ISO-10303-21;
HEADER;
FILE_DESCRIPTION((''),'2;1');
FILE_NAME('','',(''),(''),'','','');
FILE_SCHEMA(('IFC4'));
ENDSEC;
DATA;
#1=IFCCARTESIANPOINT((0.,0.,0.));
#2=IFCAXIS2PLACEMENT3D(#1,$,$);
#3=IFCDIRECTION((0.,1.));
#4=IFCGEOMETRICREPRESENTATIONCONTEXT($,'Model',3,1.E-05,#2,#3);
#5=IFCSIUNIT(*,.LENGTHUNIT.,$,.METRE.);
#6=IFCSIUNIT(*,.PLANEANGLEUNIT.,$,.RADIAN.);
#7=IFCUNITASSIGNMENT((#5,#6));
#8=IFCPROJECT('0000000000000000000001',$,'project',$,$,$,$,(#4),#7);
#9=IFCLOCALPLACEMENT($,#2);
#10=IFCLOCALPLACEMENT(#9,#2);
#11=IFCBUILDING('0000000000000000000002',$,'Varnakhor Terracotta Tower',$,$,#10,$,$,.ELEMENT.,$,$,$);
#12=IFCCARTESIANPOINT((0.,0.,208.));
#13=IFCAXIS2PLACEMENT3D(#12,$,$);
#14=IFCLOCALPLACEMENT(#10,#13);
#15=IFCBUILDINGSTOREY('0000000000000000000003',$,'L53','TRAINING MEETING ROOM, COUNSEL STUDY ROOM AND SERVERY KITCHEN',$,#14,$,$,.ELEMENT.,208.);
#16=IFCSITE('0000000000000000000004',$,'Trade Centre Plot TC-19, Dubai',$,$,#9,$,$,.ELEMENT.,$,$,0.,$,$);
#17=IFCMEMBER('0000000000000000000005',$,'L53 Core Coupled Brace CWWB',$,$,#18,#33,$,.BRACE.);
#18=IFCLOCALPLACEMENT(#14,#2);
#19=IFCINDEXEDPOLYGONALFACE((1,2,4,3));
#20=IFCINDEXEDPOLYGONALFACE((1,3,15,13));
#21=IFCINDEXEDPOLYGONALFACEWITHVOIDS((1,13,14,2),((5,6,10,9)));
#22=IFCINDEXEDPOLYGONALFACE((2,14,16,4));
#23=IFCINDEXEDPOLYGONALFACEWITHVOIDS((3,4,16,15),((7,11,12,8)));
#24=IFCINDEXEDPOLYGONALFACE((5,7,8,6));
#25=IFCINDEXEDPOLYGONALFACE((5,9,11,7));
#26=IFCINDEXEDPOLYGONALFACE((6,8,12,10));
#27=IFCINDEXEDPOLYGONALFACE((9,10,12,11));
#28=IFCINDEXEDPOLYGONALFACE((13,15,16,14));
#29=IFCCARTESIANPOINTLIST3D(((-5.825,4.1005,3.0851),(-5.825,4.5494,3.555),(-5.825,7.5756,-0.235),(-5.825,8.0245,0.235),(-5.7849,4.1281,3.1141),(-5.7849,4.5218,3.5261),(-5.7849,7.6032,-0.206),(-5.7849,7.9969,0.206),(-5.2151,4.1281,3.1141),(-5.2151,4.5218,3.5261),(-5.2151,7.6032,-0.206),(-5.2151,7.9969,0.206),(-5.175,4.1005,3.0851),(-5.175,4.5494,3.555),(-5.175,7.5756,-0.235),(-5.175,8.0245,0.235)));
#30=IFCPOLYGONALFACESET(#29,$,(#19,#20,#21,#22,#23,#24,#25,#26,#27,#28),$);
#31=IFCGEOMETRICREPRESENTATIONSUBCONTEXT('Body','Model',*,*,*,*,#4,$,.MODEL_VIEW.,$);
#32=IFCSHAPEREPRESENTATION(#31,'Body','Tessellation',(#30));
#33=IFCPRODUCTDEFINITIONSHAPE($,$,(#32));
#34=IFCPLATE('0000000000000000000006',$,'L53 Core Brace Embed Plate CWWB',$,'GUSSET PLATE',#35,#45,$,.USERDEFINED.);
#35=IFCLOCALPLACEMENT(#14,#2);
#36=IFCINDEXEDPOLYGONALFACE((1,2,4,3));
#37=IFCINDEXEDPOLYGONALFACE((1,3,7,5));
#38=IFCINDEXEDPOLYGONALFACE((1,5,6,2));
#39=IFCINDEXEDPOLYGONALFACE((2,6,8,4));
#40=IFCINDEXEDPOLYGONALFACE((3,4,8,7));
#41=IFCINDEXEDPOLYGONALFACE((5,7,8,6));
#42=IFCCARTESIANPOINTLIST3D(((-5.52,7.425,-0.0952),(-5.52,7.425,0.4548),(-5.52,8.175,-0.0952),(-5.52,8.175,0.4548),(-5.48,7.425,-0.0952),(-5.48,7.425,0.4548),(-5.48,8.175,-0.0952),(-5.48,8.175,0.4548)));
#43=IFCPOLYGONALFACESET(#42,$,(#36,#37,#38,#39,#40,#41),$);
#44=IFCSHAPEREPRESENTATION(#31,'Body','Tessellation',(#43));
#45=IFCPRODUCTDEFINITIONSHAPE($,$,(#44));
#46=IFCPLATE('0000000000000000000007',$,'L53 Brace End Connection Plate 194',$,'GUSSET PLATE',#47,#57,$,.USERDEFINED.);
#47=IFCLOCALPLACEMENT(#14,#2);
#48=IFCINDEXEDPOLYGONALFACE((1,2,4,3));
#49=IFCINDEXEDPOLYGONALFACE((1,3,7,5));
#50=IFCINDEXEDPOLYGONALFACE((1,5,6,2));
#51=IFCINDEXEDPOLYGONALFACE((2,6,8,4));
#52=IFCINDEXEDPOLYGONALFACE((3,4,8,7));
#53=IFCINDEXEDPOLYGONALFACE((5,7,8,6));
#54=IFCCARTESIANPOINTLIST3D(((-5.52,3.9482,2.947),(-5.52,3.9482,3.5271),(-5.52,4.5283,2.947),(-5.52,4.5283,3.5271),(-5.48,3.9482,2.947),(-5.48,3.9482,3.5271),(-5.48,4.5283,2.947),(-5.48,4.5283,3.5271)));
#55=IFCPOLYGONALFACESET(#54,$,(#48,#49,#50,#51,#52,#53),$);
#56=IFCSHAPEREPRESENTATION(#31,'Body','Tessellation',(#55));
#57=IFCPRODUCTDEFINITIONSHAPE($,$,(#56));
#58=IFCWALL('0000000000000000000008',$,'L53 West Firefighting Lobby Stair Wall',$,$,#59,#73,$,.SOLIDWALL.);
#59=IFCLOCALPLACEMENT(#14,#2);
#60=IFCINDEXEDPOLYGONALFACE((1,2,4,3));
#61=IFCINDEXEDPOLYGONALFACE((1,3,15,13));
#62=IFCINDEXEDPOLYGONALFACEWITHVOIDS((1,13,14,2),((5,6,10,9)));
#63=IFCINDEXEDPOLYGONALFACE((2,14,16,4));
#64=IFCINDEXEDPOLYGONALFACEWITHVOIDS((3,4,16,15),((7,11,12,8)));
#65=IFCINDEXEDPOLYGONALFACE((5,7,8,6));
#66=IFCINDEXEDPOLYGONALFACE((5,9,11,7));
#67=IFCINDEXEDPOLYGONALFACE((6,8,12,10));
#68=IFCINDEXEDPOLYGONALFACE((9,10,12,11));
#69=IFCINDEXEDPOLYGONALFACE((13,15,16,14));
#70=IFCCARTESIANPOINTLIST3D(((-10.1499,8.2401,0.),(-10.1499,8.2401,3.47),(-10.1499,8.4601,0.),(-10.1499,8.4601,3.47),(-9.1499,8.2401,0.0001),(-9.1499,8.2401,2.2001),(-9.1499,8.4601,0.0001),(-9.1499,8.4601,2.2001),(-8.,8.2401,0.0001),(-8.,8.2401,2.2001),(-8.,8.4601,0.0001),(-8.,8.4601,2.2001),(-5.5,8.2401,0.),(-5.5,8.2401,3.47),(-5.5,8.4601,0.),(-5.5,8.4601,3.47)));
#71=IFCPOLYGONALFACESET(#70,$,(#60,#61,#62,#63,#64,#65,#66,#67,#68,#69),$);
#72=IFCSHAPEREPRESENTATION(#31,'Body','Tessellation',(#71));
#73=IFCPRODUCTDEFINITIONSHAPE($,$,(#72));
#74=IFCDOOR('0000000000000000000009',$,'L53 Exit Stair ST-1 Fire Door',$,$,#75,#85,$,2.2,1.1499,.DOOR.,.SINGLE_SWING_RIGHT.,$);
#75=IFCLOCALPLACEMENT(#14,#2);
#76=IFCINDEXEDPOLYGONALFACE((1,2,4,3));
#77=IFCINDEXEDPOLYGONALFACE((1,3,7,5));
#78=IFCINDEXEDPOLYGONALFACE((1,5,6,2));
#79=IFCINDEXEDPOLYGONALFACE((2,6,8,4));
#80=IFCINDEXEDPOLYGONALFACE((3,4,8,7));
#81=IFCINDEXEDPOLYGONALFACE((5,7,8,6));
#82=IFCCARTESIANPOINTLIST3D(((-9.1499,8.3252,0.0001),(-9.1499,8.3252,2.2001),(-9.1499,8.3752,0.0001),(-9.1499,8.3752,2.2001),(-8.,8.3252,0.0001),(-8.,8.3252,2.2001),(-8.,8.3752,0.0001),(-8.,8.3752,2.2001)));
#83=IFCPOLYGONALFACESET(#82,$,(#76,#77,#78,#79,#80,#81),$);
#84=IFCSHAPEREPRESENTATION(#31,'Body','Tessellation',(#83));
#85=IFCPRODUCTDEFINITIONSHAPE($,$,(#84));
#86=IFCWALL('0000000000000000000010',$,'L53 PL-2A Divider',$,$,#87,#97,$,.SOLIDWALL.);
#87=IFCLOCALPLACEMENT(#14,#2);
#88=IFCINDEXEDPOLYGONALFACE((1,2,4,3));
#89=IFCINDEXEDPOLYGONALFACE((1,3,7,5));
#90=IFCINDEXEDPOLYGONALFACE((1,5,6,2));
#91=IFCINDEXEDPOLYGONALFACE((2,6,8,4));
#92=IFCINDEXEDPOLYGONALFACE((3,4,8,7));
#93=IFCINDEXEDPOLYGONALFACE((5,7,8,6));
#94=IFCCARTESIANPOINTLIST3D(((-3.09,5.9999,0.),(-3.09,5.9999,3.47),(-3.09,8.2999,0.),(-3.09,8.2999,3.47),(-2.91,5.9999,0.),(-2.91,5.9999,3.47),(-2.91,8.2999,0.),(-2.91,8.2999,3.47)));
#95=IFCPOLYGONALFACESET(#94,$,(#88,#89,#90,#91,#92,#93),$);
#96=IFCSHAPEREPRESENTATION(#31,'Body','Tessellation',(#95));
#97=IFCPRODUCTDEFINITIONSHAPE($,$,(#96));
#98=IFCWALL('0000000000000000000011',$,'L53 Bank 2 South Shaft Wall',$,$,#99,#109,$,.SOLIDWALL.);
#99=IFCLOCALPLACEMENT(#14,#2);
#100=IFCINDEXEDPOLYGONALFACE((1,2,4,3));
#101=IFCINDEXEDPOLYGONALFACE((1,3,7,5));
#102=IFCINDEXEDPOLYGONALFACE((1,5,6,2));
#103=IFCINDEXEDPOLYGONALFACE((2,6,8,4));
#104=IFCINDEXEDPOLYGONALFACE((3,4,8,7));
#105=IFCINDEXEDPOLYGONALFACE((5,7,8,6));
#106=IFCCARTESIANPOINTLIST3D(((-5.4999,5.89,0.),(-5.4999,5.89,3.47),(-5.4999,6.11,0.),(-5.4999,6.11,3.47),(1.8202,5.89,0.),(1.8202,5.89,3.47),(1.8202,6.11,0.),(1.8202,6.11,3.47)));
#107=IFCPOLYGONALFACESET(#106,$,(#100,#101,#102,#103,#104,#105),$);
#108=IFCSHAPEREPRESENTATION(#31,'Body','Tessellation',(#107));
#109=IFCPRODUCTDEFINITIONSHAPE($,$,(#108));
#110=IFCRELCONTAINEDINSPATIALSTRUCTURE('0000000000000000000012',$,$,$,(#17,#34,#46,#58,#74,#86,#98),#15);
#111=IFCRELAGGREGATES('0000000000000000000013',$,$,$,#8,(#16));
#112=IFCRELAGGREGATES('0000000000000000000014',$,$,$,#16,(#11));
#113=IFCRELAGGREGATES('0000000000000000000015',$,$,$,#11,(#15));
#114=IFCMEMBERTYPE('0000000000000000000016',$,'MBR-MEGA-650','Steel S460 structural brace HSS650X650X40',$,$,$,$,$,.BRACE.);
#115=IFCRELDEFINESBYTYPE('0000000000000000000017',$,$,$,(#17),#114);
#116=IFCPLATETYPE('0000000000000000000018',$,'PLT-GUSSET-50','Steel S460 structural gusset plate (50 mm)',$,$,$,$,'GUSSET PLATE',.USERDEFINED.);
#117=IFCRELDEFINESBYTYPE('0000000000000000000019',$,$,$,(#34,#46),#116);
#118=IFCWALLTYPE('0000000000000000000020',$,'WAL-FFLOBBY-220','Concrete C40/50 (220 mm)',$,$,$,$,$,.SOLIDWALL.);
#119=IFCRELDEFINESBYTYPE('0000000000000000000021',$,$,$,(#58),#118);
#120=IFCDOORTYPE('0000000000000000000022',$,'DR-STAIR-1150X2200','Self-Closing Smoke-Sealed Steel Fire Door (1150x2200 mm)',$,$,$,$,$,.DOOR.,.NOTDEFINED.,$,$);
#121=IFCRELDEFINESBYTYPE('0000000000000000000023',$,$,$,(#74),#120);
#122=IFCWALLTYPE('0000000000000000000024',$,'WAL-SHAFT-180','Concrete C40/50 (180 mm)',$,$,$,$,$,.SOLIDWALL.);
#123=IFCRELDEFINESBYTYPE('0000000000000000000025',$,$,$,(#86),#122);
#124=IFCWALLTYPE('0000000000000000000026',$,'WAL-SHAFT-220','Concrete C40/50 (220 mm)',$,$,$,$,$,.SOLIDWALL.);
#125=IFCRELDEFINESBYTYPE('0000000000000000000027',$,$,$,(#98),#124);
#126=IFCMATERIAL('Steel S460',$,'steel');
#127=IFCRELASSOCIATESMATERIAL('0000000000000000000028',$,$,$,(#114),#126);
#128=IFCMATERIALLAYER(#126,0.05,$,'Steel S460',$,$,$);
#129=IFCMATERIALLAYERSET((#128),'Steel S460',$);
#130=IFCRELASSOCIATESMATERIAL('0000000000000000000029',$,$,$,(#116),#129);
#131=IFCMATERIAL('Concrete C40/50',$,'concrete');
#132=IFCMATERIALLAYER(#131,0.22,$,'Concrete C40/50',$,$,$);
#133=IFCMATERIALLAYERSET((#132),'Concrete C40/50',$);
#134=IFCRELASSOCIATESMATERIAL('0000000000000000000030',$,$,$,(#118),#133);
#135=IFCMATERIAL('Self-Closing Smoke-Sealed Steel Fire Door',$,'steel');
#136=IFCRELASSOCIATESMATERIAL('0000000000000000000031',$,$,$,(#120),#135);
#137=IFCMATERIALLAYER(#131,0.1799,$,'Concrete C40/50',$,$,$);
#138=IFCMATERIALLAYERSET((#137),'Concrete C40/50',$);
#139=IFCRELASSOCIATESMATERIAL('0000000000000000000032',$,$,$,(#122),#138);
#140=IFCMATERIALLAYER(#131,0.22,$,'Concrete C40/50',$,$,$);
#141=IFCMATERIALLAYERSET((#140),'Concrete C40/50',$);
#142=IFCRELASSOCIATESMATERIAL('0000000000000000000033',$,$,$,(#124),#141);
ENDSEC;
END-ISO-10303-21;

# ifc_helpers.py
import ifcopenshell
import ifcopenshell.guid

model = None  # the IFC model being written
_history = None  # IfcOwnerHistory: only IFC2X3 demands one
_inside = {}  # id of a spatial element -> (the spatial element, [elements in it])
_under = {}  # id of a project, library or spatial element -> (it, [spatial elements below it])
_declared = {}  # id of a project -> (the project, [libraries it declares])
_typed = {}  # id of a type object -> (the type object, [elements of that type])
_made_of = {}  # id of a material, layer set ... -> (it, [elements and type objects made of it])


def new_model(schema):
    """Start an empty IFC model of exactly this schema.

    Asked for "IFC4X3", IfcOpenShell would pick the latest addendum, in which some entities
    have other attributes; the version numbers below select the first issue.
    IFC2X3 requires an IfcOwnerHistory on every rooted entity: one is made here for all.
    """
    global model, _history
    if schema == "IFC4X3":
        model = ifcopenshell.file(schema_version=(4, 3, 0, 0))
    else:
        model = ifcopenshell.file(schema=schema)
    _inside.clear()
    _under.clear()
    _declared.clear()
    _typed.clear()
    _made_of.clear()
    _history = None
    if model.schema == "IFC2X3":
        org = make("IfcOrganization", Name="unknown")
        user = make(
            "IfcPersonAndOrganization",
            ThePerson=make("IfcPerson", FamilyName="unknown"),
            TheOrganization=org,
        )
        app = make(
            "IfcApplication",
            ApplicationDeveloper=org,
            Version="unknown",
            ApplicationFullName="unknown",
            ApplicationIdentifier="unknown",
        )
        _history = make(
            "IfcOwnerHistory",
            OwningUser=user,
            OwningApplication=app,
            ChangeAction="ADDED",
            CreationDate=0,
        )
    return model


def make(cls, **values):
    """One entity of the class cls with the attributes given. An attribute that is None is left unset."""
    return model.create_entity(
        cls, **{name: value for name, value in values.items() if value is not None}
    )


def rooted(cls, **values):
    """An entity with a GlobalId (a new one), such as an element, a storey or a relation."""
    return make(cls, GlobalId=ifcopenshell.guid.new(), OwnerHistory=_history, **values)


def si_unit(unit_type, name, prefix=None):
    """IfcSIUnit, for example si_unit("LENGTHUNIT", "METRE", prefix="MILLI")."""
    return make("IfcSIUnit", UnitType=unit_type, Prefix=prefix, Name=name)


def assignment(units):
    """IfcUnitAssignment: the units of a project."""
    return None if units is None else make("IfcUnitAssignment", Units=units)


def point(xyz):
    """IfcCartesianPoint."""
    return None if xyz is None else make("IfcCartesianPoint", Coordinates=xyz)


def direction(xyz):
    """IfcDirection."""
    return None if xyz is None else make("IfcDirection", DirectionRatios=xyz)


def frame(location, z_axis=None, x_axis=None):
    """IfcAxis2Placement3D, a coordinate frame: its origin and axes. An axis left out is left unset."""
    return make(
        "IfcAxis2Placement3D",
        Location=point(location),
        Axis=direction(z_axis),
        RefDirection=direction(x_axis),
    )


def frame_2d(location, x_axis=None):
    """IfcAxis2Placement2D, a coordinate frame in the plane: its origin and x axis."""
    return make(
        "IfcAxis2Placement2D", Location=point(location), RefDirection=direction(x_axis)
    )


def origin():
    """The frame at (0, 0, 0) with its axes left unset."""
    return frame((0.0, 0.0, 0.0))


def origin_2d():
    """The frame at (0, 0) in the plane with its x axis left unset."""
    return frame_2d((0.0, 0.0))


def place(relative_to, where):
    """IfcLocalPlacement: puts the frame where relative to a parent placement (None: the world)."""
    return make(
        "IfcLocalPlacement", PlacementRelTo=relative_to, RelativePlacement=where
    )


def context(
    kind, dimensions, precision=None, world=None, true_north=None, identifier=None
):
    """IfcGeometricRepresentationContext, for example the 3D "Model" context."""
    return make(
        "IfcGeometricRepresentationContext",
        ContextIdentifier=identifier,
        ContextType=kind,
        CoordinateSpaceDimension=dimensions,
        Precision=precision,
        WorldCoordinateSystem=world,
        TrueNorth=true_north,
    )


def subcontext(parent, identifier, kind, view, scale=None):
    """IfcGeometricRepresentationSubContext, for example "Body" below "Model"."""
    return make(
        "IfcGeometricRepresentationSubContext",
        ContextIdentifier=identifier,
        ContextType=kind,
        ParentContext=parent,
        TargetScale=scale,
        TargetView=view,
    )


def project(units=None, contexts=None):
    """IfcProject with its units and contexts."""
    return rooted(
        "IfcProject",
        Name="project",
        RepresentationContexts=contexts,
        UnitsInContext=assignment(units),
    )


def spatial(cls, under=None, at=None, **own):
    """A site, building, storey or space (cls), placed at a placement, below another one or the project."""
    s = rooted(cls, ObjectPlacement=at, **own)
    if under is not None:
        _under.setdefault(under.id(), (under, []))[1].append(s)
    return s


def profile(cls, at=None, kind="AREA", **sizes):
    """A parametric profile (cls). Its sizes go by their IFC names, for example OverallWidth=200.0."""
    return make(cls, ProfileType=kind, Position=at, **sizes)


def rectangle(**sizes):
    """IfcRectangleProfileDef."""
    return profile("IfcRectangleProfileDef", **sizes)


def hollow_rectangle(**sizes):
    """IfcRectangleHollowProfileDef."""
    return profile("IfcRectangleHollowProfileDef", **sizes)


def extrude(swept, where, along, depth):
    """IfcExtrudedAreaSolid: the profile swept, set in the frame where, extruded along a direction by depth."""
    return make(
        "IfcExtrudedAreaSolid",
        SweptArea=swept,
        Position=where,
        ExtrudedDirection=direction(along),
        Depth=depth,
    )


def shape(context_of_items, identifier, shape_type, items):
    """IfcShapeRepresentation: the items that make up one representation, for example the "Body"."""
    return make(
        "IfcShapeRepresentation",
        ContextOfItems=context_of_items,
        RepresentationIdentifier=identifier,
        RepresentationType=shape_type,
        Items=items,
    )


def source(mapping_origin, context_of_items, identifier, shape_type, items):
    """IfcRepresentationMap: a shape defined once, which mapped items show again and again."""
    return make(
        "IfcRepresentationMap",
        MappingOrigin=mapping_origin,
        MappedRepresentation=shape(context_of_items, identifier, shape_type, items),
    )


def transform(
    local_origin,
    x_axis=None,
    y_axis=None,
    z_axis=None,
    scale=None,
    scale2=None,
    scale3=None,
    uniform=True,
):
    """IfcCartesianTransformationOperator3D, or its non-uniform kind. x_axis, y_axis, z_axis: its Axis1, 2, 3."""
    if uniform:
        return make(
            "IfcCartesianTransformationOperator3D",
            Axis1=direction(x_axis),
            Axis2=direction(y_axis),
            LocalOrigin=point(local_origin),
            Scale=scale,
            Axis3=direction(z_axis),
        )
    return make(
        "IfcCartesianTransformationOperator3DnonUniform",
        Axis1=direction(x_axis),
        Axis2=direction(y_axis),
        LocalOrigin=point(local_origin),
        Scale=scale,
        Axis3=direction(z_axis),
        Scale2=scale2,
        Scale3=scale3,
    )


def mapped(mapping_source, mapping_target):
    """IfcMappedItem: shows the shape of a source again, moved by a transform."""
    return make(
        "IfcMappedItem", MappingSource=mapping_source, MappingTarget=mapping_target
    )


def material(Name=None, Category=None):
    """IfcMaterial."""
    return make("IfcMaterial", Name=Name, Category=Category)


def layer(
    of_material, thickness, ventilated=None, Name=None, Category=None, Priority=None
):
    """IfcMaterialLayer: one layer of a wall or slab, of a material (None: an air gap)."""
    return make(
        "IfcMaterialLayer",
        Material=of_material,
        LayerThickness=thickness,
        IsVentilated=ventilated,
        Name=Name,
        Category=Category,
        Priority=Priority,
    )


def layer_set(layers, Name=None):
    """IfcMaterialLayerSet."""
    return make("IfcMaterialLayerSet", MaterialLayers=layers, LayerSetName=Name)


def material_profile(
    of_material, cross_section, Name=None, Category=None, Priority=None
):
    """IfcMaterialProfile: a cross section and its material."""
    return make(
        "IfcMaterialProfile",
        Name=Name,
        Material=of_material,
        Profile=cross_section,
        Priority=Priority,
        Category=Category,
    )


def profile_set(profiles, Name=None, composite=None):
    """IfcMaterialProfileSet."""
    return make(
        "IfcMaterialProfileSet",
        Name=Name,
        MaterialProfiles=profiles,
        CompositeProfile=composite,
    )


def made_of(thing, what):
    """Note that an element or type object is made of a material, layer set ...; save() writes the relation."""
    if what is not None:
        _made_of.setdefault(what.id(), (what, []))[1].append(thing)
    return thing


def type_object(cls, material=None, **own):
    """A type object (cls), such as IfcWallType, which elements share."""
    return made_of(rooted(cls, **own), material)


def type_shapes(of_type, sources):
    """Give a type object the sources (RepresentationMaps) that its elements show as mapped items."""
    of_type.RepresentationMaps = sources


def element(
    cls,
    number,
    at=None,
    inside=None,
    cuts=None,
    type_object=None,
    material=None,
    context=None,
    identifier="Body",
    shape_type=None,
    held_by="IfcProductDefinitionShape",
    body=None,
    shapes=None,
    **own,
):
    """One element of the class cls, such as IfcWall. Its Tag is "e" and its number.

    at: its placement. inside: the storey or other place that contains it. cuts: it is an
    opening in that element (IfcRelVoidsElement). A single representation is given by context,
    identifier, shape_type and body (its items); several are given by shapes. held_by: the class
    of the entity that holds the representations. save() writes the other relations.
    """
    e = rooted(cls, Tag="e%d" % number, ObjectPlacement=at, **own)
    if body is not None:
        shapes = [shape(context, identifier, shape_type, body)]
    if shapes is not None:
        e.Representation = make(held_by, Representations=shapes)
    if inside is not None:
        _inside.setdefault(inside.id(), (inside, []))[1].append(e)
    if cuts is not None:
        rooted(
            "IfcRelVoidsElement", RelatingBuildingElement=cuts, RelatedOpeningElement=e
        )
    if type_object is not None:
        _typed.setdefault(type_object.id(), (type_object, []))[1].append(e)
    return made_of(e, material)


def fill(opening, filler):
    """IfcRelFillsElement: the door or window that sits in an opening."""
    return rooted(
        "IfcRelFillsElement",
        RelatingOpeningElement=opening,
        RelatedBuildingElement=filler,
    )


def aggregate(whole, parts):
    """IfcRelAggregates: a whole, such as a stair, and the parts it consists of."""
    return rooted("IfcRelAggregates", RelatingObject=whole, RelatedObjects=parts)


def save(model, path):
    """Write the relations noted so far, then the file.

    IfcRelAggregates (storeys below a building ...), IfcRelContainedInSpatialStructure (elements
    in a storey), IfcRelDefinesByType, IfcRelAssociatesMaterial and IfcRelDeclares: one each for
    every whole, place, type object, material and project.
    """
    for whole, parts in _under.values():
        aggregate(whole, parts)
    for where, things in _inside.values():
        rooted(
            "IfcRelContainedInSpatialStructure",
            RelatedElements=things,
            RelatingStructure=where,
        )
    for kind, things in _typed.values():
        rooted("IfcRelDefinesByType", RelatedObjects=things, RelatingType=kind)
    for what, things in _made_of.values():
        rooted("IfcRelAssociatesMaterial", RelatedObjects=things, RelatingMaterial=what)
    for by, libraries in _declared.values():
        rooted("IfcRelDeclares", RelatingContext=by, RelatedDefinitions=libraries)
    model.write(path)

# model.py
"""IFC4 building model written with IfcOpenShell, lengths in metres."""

from ifc_helpers import new_model, si_unit, direction, frame, frame_2d, origin, origin_2d, place, context, subcontext, project, spatial, rectangle, hollow_rectangle, extrude, source, transform, mapped, material, layer, layer_set, material_profile, profile_set, type_object, type_shapes, element, fill, save


model = new_model("IFC4")

# Units and contexts
model_context = context("Model", 3, precision=1e-05, world=origin(), true_north=direction((0.0, 1.0)))
body_context = subcontext(model_context, "Body", "Model", "MODEL_VIEW")
ifc_project = project(units=[si_unit("LENGTHUNIT", "METRE"), si_unit("PLANEANGLEUNIT", "RADIAN")], contexts=[model_context])

# Site, building, storey
site_placement = place(None, origin())
site = spatial("IfcSite", under=ifc_project, at=site_placement, Name="Trade Centre Plot TC-19, Dubai", CompositionType="ELEMENT", RefElevation=0.0)
building_placement = place(site_placement, origin())
building = spatial("IfcBuilding", under=site, at=building_placement, Name="Varnakhor Terracotta Tower", CompositionType="ELEMENT")
storey_placement = place(building_placement, frame((0.0, 0.0, 208.0)))
storey = spatial("IfcBuildingStorey", under=building, at=storey_placement, Name="L53", Description="TRAINING MEETING ROOM, COUNSEL STUDY ROOM AND SERVERY KITCHEN", CompositionType="ELEMENT", Elevation=208.0)

# Member
ifc_material_1 = material(Name="Steel S460", Category="steel")
ifc_material_profile = material_profile(ifc_material_1, hollow_rectangle(XDim=0.6499, YDim=0.6499, WallThickness=0.04, at=origin_2d()), Name="HSS650X650X40")
ifc_profile_set = profile_set([ifc_material_profile], Name="Steel S460")
member_type = type_object("IfcMemberType", Name="MBR-MEGA-650", Description="Steel S460 structural brace HSS650X650X40", PredefinedType="BRACE", material=ifc_profile_set)
shared_shape_1 = source(origin(), body_context, "Body", "SweptSolid", [
    extrude(hollow_rectangle(XDim=0.6499, YDim=0.6499, WallThickness=0.04, at=origin_2d()), origin(), (0.0, 0.0, 1.0), 4.8062),
])
member_placement = place(storey_placement, frame((-5.5, 7.8, 0.0), z_axis=(0.0, -0.723051, 0.690795), x_axis=(1.0, 0.0, 0.0)))
element("IfcMember", 1, at=member_placement, inside=storey, type_object=member_type, Name="L53 Core Coupled Brace CWWB", PredefinedType="BRACE", context=body_context, shape_type="MappedRepresentation", body=[
    mapped(shared_shape_1, transform((0.0, 0.0, 0.0), scale=1.0)),
])

# Plates
ifc_layer_1 = layer(ifc_material_1, 0.05, Name="Steel S460")
ifc_layer_set_1 = layer_set([ifc_layer_1], Name="Steel S460")
plate_type = type_object("IfcPlateType", Name="PLT-GUSSET-50", Description="Steel S460 structural gusset plate (50 mm)", ElementType="GUSSET PLATE", PredefinedType="USERDEFINED", material=ifc_layer_set_1)
shared_shape_2 = source(origin(), body_context, "Body", "SweptSolid", [
    extrude(rectangle(XDim=0.75, YDim=0.04, at=origin_2d()), origin(), (0.0, 0.0, 1.0), 0.55),
])
type_shapes(plate_type, [shared_shape_2])
plate_1_placement = place(storey_placement, frame((-5.5, 7.8, -0.0952), z_axis=(0.0, 0.0, 1.0), x_axis=(0.0, 1.0, 0.0)))
element("IfcPlate", 2, at=plate_1_placement, inside=storey, type_object=plate_type, Name="L53 Core Brace Embed Plate CWWB", ObjectType="GUSSET PLATE", PredefinedType="USERDEFINED", context=body_context, shape_type="MappedRepresentation", body=[
    mapped(shared_shape_2, transform((0.0, 0.0, 0.0), scale=1.0)),
])
shared_shape_3 = source(origin(), body_context, "Body", "SweptSolid", [
    extrude(rectangle(XDim=0.5801, YDim=0.04, at=origin_2d()), origin(), (0.0, 0.0, 1.0), 0.5801),
])
plate_2_placement = place(storey_placement, frame((-5.5, 4.2383, 2.947), z_axis=(0.0, 0.0, 1.0), x_axis=(0.0, 1.0, 0.0)))
element("IfcPlate", 3, at=plate_2_placement, inside=storey, type_object=plate_type, Name="L53 Brace End Connection Plate 194", ObjectType="GUSSET PLATE", PredefinedType="USERDEFINED", context=body_context, shape_type="MappedRepresentation", body=[
    mapped(shared_shape_3, transform((0.0, 0.0, 0.0), scale=1.0)),
])

# Wall, opening, door
ifc_material_2 = material(Name="Concrete C40/50", Category="concrete")
ifc_layer_2 = layer(ifc_material_2, 0.22, Name="Concrete C40/50")
ifc_layer_set_2 = layer_set([ifc_layer_2], Name="Concrete C40/50")
wall_type_1 = type_object("IfcWallType", Name="WAL-FFLOBBY-220", Description="Concrete C40/50 (220 mm)", PredefinedType="SOLIDWALL", material=ifc_layer_set_2)
wall_1_placement = place(storey_placement, frame((-5.5, 8.3501, 0.0), z_axis=(0.0, 0.0, 1.0), x_axis=(-1.0, 0.0, 0.0)))
wall_1 = element("IfcWall", 4, at=wall_1_placement, inside=storey, type_object=wall_type_1, Name="L53 West Firefighting Lobby Stair Wall", PredefinedType="SOLIDWALL", context=body_context, shape_type="SweptSolid", body=[
    extrude(rectangle(XDim=4.6499, YDim=0.22, at=frame_2d((2.325, 0.0))), origin(), (0.0, 0.0, 1.0), 3.47),
])
opening_1_placement = place(wall_1_placement, frame((2.5, 0.0, 0.0)))
opening_1 = element("IfcOpeningElement", 5, at=opening_1_placement, cuts=wall_1, PredefinedType="OPENING", context=body_context, shape_type="SweptSolid", body=[
    extrude(rectangle(XDim=1.1499, YDim=2.2, at=frame_2d((0.575, 1.1001))), frame((0.0, 0.1201, 0.0), z_axis=(0.0, -1.0, 0.0), x_axis=(1.0, 0.0, 0.0)), (0.0, 0.0, 1.0), 0.24),
])
ifc_material_3 = material(Name="Self-Closing Smoke-Sealed Steel Fire Door", Category="steel")
door_type_1 = type_object("IfcDoorType", Name="DR-STAIR-1150X2200", Description="Self-Closing Smoke-Sealed Steel Fire Door (1150x2200 mm)", OperationType="NOTDEFINED", PredefinedType="DOOR", material=ifc_material_3)
shared_shape_4 = source(origin(), body_context, "Body", "SweptSolid", [
    extrude(rectangle(XDim=1.1499, YDim=2.2, at=frame_2d((0.575, 1.1001))), frame((0.0, 0.0249, 0.0), z_axis=(0.0, -1.0, 0.0), x_axis=(1.0, 0.0, 0.0)), (0.0, 0.0, 1.0), 0.05),
])
type_shapes(door_type_1, [shared_shape_4])
door_1_placement = place(opening_1_placement, origin())
door_1 = element("IfcDoor", 6, at=door_1_placement, inside=storey, type_object=door_type_1, Name="L53 Exit Stair ST-1 Fire Door", OperationType="SINGLE_SWING_RIGHT", OverallHeight=2.2, OverallWidth=1.1499, PredefinedType="DOOR", context=body_context, shape_type="MappedRepresentation", body=[
    mapped(shared_shape_4, transform((0.0, 0.0, 0.0), scale=1.0)),
])
fill(opening_1, door_1)

# Walls
ifc_layer_3 = layer(ifc_material_2, 0.1799, Name="Concrete C40/50")
ifc_layer_set_3 = layer_set([ifc_layer_3], Name="Concrete C40/50")
wall_type_2 = type_object("IfcWallType", Name="WAL-SHAFT-180", Description="Concrete C40/50 (180 mm)", PredefinedType="SOLIDWALL", material=ifc_layer_set_3)
wall_2_placement = place(storey_placement, frame((-3.0, 6.0, 0.0), z_axis=(0.0, 0.0, 1.0), x_axis=(0.0, 1.0, 0.0)))
element("IfcWall", 7, at=wall_2_placement, inside=storey, type_object=wall_type_2, Name="L53 PL-2A Divider", PredefinedType="SOLIDWALL", context=body_context, shape_type="SweptSolid", body=[
    extrude(rectangle(XDim=2.3, YDim=0.1799, at=frame_2d((1.1499, 0.0))), origin(), (0.0, 0.0, 1.0), 3.47),
])
ifc_layer_4 = layer(ifc_material_2, 0.22, Name="Concrete C40/50")
ifc_layer_set_4 = layer_set([ifc_layer_4], Name="Concrete C40/50")
wall_type_3 = type_object("IfcWallType", Name="WAL-SHAFT-220", Description="Concrete C40/50 (220 mm)", PredefinedType="SOLIDWALL", material=ifc_layer_set_4)
wall_3_placement = place(storey_placement, frame((-5.5, 6.0, 0.0), z_axis=(0.0, 0.0, 1.0), x_axis=(1.0, 0.0, 0.0)))
element("IfcWall", 8, at=wall_3_placement, inside=storey, type_object=wall_type_3, Name="L53 Bank 2 South Shaft Wall", PredefinedType="SOLIDWALL", context=body_context, shape_type="SweptSolid", body=[
    extrude(rectangle(XDim=7.3201, YDim=0.22, at=frame_2d((3.6602, 0.0))), origin(), (0.0, 0.0, 1.0), 3.47),
])

save(model, "model.ifc")
